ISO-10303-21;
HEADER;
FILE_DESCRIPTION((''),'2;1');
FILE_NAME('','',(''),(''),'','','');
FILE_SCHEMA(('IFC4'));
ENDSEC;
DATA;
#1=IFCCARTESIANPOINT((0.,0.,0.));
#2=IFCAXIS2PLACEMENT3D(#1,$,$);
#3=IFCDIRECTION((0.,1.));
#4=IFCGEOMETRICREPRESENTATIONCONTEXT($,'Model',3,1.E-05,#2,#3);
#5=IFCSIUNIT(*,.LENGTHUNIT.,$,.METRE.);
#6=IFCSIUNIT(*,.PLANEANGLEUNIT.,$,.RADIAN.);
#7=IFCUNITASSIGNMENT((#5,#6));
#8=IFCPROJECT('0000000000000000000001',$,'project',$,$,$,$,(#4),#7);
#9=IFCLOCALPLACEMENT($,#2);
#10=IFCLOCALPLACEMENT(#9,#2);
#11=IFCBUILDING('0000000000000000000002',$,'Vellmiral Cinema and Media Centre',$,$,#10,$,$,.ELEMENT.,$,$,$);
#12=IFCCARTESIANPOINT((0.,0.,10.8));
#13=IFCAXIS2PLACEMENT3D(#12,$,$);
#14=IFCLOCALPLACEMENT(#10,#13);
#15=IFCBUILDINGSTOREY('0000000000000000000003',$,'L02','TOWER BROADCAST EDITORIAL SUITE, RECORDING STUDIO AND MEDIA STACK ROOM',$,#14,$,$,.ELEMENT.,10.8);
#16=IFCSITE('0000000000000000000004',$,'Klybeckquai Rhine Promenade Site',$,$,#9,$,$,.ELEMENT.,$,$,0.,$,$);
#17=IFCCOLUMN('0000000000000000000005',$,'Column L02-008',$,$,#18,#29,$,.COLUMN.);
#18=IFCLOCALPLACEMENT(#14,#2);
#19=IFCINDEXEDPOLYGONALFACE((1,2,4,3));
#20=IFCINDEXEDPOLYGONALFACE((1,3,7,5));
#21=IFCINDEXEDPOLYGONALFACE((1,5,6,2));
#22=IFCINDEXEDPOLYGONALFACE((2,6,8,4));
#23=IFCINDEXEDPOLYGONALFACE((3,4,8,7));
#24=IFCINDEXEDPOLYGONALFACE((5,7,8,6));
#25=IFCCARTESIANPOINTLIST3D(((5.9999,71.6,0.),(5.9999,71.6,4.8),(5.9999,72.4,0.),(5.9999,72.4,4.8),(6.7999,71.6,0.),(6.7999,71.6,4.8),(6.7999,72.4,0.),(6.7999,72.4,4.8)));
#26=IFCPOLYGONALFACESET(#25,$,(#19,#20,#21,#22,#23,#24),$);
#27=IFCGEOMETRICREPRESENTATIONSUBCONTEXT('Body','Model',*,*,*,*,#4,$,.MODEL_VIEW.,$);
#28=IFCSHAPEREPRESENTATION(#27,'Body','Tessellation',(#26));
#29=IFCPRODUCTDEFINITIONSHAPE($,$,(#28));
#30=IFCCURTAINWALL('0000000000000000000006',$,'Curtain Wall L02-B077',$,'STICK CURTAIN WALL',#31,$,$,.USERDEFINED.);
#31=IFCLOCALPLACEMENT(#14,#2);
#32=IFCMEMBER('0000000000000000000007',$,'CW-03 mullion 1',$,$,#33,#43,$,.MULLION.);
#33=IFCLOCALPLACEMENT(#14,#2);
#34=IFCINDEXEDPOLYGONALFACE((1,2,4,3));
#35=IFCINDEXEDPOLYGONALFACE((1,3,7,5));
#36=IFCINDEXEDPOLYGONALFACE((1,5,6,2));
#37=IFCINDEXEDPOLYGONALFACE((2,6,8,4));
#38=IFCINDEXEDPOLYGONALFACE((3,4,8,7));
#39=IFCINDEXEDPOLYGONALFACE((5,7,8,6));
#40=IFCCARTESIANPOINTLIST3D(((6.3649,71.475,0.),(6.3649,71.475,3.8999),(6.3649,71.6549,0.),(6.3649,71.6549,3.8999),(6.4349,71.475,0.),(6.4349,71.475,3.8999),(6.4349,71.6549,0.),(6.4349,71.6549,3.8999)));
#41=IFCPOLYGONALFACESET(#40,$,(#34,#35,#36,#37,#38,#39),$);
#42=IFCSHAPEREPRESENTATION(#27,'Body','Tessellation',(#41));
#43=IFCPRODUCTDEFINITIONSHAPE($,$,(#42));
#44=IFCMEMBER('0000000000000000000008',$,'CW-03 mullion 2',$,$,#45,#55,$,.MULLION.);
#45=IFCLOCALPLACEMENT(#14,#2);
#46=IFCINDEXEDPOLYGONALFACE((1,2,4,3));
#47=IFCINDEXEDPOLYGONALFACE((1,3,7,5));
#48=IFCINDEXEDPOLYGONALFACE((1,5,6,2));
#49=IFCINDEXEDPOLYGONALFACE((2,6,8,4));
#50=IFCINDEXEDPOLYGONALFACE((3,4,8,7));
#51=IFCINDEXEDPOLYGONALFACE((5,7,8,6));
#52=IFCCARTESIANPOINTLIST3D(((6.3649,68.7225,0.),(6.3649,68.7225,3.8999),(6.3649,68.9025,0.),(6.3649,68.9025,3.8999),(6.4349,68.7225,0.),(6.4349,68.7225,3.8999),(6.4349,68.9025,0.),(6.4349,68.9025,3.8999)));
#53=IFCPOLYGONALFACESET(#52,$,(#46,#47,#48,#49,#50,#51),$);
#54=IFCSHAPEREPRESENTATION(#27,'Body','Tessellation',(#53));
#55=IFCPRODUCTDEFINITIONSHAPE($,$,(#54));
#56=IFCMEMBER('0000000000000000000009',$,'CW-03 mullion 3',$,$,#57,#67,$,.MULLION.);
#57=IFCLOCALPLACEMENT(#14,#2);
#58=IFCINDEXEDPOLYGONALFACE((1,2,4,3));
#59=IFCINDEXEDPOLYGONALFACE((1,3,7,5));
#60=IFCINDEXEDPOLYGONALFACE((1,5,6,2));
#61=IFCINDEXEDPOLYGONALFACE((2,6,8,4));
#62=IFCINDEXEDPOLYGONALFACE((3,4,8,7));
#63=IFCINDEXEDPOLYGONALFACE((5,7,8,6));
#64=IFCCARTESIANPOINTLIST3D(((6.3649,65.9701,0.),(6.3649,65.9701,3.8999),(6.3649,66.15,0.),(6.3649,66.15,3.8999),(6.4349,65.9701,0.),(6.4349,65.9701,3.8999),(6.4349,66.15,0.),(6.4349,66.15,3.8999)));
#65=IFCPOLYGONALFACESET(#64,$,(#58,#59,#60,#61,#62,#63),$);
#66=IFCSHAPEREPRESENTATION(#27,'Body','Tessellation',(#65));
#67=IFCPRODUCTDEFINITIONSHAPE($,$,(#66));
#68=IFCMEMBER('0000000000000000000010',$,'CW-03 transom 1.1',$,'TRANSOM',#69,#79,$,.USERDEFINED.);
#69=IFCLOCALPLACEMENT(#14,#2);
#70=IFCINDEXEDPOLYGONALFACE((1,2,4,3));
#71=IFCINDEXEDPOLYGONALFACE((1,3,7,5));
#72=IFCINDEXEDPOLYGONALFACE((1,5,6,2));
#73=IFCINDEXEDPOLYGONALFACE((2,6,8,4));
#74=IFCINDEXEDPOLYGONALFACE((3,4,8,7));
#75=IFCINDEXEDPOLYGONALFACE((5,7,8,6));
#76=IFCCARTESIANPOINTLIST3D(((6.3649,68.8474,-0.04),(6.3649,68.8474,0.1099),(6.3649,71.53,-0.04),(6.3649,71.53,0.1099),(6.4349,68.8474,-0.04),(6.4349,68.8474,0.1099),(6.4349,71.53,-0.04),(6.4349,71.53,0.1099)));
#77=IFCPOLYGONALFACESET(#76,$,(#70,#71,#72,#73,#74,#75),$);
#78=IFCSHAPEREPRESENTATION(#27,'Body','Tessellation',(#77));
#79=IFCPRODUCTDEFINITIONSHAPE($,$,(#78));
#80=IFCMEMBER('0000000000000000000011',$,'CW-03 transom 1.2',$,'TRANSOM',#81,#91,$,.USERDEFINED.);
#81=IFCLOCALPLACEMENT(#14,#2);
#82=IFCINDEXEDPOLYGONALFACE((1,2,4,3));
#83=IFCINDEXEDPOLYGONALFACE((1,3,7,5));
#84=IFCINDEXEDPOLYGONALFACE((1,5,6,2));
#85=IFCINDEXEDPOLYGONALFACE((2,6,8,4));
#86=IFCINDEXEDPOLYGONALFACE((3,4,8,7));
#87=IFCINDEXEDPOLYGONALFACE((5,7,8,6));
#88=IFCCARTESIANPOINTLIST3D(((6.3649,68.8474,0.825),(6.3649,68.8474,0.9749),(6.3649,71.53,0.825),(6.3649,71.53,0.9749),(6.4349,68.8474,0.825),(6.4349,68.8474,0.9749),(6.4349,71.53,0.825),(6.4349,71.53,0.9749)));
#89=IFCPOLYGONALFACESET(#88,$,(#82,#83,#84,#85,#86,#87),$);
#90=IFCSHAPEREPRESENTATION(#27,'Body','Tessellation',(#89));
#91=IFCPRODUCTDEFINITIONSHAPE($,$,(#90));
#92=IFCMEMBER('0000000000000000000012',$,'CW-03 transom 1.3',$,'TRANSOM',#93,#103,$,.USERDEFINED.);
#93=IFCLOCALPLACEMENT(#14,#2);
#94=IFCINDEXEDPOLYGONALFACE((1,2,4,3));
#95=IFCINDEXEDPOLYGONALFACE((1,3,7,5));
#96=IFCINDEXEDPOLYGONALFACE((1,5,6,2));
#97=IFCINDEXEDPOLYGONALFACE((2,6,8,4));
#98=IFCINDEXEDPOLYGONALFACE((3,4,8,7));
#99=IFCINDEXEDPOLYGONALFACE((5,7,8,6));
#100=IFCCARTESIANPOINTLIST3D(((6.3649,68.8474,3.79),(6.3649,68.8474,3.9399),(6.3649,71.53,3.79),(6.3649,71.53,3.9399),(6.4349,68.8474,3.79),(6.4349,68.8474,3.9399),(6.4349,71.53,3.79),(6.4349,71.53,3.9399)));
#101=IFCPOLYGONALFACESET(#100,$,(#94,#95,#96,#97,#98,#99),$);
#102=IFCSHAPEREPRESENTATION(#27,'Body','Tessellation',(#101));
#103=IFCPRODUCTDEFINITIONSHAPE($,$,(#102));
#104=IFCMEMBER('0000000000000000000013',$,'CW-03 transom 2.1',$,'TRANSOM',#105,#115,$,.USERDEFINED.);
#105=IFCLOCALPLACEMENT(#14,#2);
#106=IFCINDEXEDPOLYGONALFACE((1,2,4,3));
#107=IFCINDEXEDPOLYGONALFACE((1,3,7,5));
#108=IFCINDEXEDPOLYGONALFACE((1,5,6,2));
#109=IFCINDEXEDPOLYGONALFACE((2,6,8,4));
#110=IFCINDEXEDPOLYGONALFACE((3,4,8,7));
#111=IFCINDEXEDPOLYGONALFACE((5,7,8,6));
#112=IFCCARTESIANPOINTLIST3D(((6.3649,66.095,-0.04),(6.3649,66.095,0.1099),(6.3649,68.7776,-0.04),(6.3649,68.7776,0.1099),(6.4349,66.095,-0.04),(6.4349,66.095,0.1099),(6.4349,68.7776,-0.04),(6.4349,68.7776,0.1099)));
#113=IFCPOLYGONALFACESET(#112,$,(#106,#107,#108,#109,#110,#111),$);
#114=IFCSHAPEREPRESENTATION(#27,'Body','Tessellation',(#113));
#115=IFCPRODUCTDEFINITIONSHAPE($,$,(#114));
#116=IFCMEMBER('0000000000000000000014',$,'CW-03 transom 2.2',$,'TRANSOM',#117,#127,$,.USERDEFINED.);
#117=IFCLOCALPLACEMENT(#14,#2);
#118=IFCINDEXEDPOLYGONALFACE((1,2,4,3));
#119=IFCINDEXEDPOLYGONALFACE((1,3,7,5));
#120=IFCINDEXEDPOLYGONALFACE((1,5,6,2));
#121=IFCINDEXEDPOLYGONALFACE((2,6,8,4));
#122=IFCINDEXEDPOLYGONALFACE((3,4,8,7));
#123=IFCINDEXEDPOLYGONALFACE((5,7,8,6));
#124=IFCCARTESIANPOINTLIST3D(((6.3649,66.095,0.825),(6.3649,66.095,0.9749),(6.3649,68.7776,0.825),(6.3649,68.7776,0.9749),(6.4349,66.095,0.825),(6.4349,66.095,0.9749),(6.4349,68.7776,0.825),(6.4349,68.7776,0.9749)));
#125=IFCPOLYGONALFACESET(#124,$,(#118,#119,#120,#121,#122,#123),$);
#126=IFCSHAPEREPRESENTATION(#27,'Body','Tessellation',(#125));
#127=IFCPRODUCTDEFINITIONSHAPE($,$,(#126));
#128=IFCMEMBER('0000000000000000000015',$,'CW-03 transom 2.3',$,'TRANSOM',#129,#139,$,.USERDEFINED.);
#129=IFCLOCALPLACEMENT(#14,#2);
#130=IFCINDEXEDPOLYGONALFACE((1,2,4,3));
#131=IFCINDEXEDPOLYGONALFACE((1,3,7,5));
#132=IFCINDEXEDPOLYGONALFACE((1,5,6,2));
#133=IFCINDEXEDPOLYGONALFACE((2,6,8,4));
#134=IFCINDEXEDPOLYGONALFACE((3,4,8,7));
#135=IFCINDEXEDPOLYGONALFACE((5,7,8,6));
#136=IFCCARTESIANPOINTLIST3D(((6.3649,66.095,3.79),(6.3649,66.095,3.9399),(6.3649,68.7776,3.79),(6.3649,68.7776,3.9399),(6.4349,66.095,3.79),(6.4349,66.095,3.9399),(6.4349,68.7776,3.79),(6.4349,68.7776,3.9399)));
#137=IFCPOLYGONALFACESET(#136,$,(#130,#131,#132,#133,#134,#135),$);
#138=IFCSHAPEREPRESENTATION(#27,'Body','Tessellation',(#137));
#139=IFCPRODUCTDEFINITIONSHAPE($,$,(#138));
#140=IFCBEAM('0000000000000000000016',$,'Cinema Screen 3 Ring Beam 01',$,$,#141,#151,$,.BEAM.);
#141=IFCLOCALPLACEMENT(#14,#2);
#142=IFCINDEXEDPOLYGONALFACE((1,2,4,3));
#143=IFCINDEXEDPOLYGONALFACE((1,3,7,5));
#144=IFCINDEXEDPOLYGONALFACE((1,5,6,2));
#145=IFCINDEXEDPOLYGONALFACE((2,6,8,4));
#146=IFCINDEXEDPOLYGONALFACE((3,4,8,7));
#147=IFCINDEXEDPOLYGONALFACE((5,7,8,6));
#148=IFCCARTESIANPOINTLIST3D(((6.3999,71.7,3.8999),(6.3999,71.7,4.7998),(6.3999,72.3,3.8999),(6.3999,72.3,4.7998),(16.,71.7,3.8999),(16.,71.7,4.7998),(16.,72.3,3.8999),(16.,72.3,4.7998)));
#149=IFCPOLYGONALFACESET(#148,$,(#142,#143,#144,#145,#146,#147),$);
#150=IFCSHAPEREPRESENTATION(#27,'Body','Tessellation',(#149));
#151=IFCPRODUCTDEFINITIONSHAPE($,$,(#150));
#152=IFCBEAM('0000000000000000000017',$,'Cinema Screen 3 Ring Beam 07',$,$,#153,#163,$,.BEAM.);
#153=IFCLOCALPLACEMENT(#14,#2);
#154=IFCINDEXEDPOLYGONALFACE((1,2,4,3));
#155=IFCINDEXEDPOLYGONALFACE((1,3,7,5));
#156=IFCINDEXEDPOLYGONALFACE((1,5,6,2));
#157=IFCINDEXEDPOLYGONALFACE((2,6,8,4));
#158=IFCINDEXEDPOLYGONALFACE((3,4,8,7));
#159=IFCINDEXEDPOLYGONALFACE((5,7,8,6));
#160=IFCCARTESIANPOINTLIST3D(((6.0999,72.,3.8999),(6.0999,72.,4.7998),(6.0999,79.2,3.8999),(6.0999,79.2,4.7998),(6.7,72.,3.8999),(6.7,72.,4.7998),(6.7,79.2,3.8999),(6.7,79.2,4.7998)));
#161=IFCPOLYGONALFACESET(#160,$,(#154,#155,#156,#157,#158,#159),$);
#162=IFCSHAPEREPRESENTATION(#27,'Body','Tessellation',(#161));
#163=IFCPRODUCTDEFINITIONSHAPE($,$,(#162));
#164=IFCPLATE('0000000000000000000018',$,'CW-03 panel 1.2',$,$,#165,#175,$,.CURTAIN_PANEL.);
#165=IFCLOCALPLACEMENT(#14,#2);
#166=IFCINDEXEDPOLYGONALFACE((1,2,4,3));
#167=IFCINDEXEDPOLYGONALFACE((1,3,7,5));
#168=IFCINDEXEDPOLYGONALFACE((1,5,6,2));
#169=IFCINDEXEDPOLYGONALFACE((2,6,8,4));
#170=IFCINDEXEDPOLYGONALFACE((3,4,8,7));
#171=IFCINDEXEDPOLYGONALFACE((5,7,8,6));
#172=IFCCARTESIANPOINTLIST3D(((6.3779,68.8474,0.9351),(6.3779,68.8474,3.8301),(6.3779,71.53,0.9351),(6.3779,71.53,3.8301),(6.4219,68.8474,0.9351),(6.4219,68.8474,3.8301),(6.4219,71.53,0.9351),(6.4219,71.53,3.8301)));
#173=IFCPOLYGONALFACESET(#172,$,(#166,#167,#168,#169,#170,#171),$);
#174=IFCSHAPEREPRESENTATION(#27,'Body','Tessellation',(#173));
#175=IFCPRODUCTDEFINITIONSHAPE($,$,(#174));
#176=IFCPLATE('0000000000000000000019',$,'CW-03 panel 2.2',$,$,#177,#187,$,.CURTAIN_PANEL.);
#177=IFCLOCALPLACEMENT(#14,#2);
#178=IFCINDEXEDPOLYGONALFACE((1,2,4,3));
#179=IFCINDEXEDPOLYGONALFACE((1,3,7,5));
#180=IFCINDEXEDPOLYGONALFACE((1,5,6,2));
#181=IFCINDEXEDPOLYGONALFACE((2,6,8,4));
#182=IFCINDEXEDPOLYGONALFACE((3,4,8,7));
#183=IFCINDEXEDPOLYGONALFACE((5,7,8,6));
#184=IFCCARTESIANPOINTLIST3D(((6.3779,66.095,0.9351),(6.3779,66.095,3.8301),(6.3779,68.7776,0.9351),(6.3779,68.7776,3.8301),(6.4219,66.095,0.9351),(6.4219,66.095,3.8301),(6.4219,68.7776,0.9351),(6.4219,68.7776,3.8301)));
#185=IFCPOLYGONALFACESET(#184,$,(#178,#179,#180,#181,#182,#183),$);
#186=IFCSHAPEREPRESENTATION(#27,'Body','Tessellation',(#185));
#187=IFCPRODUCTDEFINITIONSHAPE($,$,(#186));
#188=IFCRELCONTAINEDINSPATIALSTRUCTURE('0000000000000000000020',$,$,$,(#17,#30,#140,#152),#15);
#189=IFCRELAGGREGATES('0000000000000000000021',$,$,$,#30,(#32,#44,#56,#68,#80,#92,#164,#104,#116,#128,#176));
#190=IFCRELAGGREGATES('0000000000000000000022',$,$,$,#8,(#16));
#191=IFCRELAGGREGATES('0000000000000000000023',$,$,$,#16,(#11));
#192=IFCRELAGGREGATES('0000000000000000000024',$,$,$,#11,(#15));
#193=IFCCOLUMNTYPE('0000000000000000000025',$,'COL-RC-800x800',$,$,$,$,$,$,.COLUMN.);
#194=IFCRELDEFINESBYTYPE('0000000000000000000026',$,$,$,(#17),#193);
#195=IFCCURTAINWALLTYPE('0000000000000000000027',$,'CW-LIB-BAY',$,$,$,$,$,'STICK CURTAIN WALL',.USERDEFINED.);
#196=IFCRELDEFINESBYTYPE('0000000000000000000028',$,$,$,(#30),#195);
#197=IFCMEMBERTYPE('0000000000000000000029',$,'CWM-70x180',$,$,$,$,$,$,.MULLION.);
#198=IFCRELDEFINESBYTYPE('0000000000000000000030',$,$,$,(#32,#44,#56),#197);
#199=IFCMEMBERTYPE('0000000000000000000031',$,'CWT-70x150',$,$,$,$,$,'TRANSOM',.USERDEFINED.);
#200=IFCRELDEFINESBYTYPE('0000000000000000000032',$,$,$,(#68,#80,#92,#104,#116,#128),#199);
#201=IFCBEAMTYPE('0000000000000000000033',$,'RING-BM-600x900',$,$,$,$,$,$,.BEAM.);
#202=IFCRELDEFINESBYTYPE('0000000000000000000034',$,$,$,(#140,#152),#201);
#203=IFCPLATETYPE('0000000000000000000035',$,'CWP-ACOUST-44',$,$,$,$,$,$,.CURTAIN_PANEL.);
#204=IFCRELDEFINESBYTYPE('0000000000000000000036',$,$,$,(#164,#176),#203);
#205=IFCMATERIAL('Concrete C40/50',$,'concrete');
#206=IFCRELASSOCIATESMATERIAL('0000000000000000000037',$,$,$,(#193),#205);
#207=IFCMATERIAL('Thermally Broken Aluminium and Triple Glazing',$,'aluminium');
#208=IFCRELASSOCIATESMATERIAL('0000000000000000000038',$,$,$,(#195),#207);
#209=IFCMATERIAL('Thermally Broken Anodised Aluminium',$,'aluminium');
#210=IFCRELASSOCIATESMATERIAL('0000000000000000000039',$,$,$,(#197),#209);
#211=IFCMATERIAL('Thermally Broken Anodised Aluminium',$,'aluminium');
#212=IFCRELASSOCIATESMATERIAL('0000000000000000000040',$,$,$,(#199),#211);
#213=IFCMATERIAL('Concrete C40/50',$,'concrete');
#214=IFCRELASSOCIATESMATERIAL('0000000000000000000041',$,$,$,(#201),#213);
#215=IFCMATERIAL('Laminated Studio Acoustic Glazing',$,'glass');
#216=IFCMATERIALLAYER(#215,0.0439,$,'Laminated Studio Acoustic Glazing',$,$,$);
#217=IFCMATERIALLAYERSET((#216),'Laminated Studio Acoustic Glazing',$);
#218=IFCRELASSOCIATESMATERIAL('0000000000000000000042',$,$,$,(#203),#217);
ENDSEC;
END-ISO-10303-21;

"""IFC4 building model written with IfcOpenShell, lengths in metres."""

from ifc_helpers import new_model, si_unit, direction, frame, origin, origin_2d, place, context, subcontext, project, spatial, rectangle, extrude, material, layer, layer_set, material_profile, profile_set, type_object, element, aggregate, save


model = new_model("IFC4")

# Units and contexts
model_context = context("Model", 3, precision=1e-05, world=origin(), true_north=direction((0.0, 1.0)))
body_context = subcontext(model_context, "Body", "Model", "MODEL_VIEW")
ifc_project = project(units=[si_unit("LENGTHUNIT", "METRE"), si_unit("PLANEANGLEUNIT", "RADIAN")], contexts=[model_context])

# Site, building, storey
site_placement = place(None, origin())
site = spatial("IfcSite", under=ifc_project, at=site_placement, Name="Klybeckquai Rhine Promenade Site", CompositionType="ELEMENT", RefElevation=0.0)
building_placement = place(site_placement, origin())
building = spatial("IfcBuilding", under=site, at=building_placement, Name="Vellmiral Cinema and Media Centre", CompositionType="ELEMENT")
storey_placement = place(building_placement, frame((0.0, 0.0, 10.8)))
storey = spatial("IfcBuildingStorey", under=building, at=storey_placement, Name="L02", Description="TOWER BROADCAST EDITORIAL SUITE, RECORDING STUDIO AND MEDIA STACK ROOM", CompositionType="ELEMENT", Elevation=10.8)

# Column
ifc_material_1 = material(Name="Concrete C40/50", Category="concrete")
ifc_material_profile_1 = material_profile(ifc_material_1, rectangle(XDim=0.8, YDim=0.8, at=origin_2d()), Name="RC 800x800")
ifc_profile_set_1 = profile_set([ifc_material_profile_1], Name="Concrete C40/50")
column_type = type_object("IfcColumnType", Name="COL-RC-800x800", PredefinedType="COLUMN", material=ifc_profile_set_1)
column_placement = place(storey_placement, frame((6.3999, 72.0, 0.0), z_axis=(0.0, 0.0, 1.0), x_axis=(1.0, 0.0, 0.0)))
element("IfcColumn", 1, at=column_placement, inside=storey, type_object=column_type, Name="Column L02-008", PredefinedType="COLUMN", context=body_context, shape_type="SweptSolid", body=[
    extrude(rectangle(XDim=0.8, YDim=0.8, at=origin_2d()), origin(), (0.0, 0.0, 1.0), 4.8),
])

# Curtain wall, members
ifc_material_2 = material(Name="Thermally Broken Aluminium and Triple Glazing", Category="aluminium")
curtain_wall_type = type_object("IfcCurtainWallType", Name="CW-LIB-BAY", ElementType="STICK CURTAIN WALL", PredefinedType="USERDEFINED", material=ifc_material_2)
curtain_wall_placement = place(storey_placement, origin())
curtain_wall = element("IfcCurtainWall", 2, at=curtain_wall_placement, inside=storey, type_object=curtain_wall_type, Name="Curtain Wall L02-B077", ObjectType="STICK CURTAIN WALL", PredefinedType="USERDEFINED")
ifc_material_3 = material(Name="Thermally Broken Anodised Aluminium", Category="aluminium")
ifc_material_profile_2 = material_profile(ifc_material_3, rectangle(XDim=0.0701, YDim=0.1799, at=origin_2d()), Name="MULL 70x180")
ifc_profile_set_2 = profile_set([ifc_material_profile_2], Name="Thermally Broken Anodised Aluminium")
member_type_1 = type_object("IfcMemberType", Name="CWM-70x180", PredefinedType="MULLION", material=ifc_profile_set_2)
member_1_placement = place(storey_placement, frame((6.3999, 71.5649, 0.0), z_axis=(0.0, 0.0, 1.0), x_axis=(1.0, 0.0, 0.0)))
member_1 = element("IfcMember", 3, at=member_1_placement, type_object=member_type_1, Name="CW-03 mullion 1", PredefinedType="MULLION", context=body_context, shape_type="SweptSolid", body=[
    extrude(rectangle(XDim=0.0701, YDim=0.1799, at=origin_2d()), origin(), (0.0, 0.0, 1.0), 3.8999),
])
member_2_placement = place(storey_placement, frame((6.3999, 68.8125, 0.0), z_axis=(0.0, 0.0, 1.0), x_axis=(1.0, 0.0, 0.0)))
member_2 = element("IfcMember", 4, at=member_2_placement, type_object=member_type_1, Name="CW-03 mullion 2", PredefinedType="MULLION", context=body_context, shape_type="SweptSolid", body=[
    extrude(rectangle(XDim=0.0701, YDim=0.1799, at=origin_2d()), origin(), (0.0, 0.0, 1.0), 3.8999),
])
member_3_placement = place(storey_placement, frame((6.3999, 66.0601, 0.0), z_axis=(0.0, 0.0, 1.0), x_axis=(1.0, 0.0, 0.0)))
member_3 = element("IfcMember", 5, at=member_3_placement, type_object=member_type_1, Name="CW-03 mullion 3", PredefinedType="MULLION", context=body_context, shape_type="SweptSolid", body=[
    extrude(rectangle(XDim=0.0701, YDim=0.1799, at=origin_2d()), origin(), (0.0, 0.0, 1.0), 3.8999),
])
ifc_material_4 = material(Name="Thermally Broken Anodised Aluminium", Category="aluminium")
ifc_material_profile_3 = material_profile(ifc_material_4, rectangle(XDim=0.0701, YDim=0.1499, at=origin_2d()), Name="MULL 70x150")
ifc_profile_set_3 = profile_set([ifc_material_profile_3], Name="Thermally Broken Anodised Aluminium")
member_type_2 = type_object("IfcMemberType", Name="CWT-70x150", ElementType="TRANSOM", PredefinedType="USERDEFINED", material=ifc_profile_set_3)
member_4_placement = place(storey_placement, frame((6.3999, 71.53, 0.0349), z_axis=(0.0, -1.0, 0.0), x_axis=(1.0, 0.0, 0.0)))
member_4 = element("IfcMember", 6, at=member_4_placement, type_object=member_type_2, Name="CW-03 transom 1.1", ObjectType="TRANSOM", PredefinedType="USERDEFINED", context=body_context, shape_type="SweptSolid", body=[
    extrude(rectangle(XDim=0.0701, YDim=0.1499, at=origin_2d()), origin(), (0.0, 0.0, 1.0), 2.6826),
])
member_5_placement = place(storey_placement, frame((6.3999, 71.53, 0.8999), z_axis=(0.0, -1.0, 0.0), x_axis=(1.0, 0.0, 0.0)))
member_5 = element("IfcMember", 7, at=member_5_placement, type_object=member_type_2, Name="CW-03 transom 1.2", ObjectType="TRANSOM", PredefinedType="USERDEFINED", context=body_context, shape_type="SweptSolid", body=[
    extrude(rectangle(XDim=0.0701, YDim=0.1499, at=origin_2d()), origin(), (0.0, 0.0, 1.0), 2.6826),
])
member_6_placement = place(storey_placement, frame((6.3999, 71.53, 3.865), z_axis=(0.0, -1.0, 0.0), x_axis=(1.0, 0.0, 0.0)))
member_6 = element("IfcMember", 8, at=member_6_placement, type_object=member_type_2, Name="CW-03 transom 1.3", ObjectType="TRANSOM", PredefinedType="USERDEFINED", context=body_context, shape_type="SweptSolid", body=[
    extrude(rectangle(XDim=0.0701, YDim=0.1499, at=origin_2d()), origin(), (0.0, 0.0, 1.0), 2.6826),
])
member_7_placement = place(storey_placement, frame((6.3999, 68.7776, 0.0349), z_axis=(0.0, -1.0, 0.0), x_axis=(1.0, 0.0, 0.0)))
member_7 = element("IfcMember", 9, at=member_7_placement, type_object=member_type_2, Name="CW-03 transom 2.1", ObjectType="TRANSOM", PredefinedType="USERDEFINED", context=body_context, shape_type="SweptSolid", body=[
    extrude(rectangle(XDim=0.0701, YDim=0.1499, at=origin_2d()), origin(), (0.0, 0.0, 1.0), 2.6826),
])
member_8_placement = place(storey_placement, frame((6.3999, 68.7776, 0.8999), z_axis=(0.0, -1.0, 0.0), x_axis=(1.0, 0.0, 0.0)))
member_8 = element("IfcMember", 10, at=member_8_placement, type_object=member_type_2, Name="CW-03 transom 2.2", ObjectType="TRANSOM", PredefinedType="USERDEFINED", context=body_context, shape_type="SweptSolid", body=[
    extrude(rectangle(XDim=0.0701, YDim=0.1499, at=origin_2d()), origin(), (0.0, 0.0, 1.0), 2.6826),
])
member_9_placement = place(storey_placement, frame((6.3999, 68.7776, 3.865), z_axis=(0.0, -1.0, 0.0), x_axis=(1.0, 0.0, 0.0)))
member_9 = element("IfcMember", 11, at=member_9_placement, type_object=member_type_2, Name="CW-03 transom 2.3", ObjectType="TRANSOM", PredefinedType="USERDEFINED", context=body_context, shape_type="SweptSolid", body=[
    extrude(rectangle(XDim=0.0701, YDim=0.1499, at=origin_2d()), origin(), (0.0, 0.0, 1.0), 2.6826),
])

# Beams
ifc_material_5 = material(Name="Concrete C40/50", Category="concrete")
ifc_material_profile_4 = material_profile(ifc_material_5, rectangle(XDim=0.6001, YDim=0.8999, at=origin_2d()), Name="RC 600x900")
ifc_profile_set_4 = profile_set([ifc_material_profile_4], Name="Concrete C40/50")
beam_type = type_object("IfcBeamType", Name="RING-BM-600x900", PredefinedType="BEAM", material=ifc_profile_set_4)
beam_1_placement = place(storey_placement, frame((6.3999, 72.0, 4.3499), z_axis=(1.0, 0.0, 0.0), x_axis=(0.0, 1.0, 0.0)))
element("IfcBeam", 12, at=beam_1_placement, inside=storey, type_object=beam_type, Name="Cinema Screen 3 Ring Beam 01", PredefinedType="BEAM", context=body_context, shape_type="SweptSolid", body=[
    extrude(rectangle(XDim=0.6001, YDim=0.8999, at=origin_2d()), origin(), (0.0, 0.0, 1.0), 9.6001),
])
beam_2_placement = place(storey_placement, frame((6.3999, 72.0, 4.3499), z_axis=(0.0, 1.0, 0.0), x_axis=(-1.0, 0.0, 0.0)))
element("IfcBeam", 13, at=beam_2_placement, inside=storey, type_object=beam_type, Name="Cinema Screen 3 Ring Beam 07", PredefinedType="BEAM", context=body_context, shape_type="SweptSolid", body=[
    extrude(rectangle(XDim=0.6001, YDim=0.8999, at=origin_2d()), origin(), (0.0, 0.0, 1.0), 7.2),
])

# Plates
ifc_material_6 = material(Name="Laminated Studio Acoustic Glazing", Category="glass")
ifc_layer_1 = layer(ifc_material_6, 0.0439, Name="Laminated Studio Acoustic Glazing")
ifc_layer_set_1 = layer_set([ifc_layer_1], Name="Laminated Studio Acoustic Glazing")
plate_type_1 = type_object("IfcPlateType", Name="CWP-ACOUST-44", PredefinedType="CURTAIN_PANEL", material=ifc_layer_set_1)
plate_1_placement = place(storey_placement, frame((6.3999, 70.1887, 0.9351), z_axis=(0.0, 0.0, 1.0), x_axis=(0.0, -1.0, 0.0)))
plate_1 = element("IfcPlate", 14, at=plate_1_placement, type_object=plate_type_1, Name="CW-03 panel 1.2", PredefinedType="CURTAIN_PANEL", context=body_context, shape_type="SweptSolid", body=[
    extrude(rectangle(XDim=2.6826, YDim=0.0439, at=origin_2d()), origin(), (0.0, 0.0, 1.0), 2.895),
])
plate_2_placement = place(storey_placement, frame((6.3999, 67.4363, 0.9351), z_axis=(0.0, 0.0, 1.0), x_axis=(0.0, -1.0, 0.0)))
plate_2 = element("IfcPlate", 15, at=plate_2_placement, type_object=plate_type_1, Name="CW-03 panel 2.2", PredefinedType="CURTAIN_PANEL", context=body_context, shape_type="SweptSolid", body=[
    extrude(rectangle(XDim=2.6826, YDim=0.0439, at=origin_2d()), origin(), (0.0, 0.0, 1.0), 2.895),
])
aggregate(curtain_wall, [member_1, member_2, member_3, member_4, member_5, member_6, plate_1, member_7, member_8, member_9, plate_2])

save(model, "model.ifc")
